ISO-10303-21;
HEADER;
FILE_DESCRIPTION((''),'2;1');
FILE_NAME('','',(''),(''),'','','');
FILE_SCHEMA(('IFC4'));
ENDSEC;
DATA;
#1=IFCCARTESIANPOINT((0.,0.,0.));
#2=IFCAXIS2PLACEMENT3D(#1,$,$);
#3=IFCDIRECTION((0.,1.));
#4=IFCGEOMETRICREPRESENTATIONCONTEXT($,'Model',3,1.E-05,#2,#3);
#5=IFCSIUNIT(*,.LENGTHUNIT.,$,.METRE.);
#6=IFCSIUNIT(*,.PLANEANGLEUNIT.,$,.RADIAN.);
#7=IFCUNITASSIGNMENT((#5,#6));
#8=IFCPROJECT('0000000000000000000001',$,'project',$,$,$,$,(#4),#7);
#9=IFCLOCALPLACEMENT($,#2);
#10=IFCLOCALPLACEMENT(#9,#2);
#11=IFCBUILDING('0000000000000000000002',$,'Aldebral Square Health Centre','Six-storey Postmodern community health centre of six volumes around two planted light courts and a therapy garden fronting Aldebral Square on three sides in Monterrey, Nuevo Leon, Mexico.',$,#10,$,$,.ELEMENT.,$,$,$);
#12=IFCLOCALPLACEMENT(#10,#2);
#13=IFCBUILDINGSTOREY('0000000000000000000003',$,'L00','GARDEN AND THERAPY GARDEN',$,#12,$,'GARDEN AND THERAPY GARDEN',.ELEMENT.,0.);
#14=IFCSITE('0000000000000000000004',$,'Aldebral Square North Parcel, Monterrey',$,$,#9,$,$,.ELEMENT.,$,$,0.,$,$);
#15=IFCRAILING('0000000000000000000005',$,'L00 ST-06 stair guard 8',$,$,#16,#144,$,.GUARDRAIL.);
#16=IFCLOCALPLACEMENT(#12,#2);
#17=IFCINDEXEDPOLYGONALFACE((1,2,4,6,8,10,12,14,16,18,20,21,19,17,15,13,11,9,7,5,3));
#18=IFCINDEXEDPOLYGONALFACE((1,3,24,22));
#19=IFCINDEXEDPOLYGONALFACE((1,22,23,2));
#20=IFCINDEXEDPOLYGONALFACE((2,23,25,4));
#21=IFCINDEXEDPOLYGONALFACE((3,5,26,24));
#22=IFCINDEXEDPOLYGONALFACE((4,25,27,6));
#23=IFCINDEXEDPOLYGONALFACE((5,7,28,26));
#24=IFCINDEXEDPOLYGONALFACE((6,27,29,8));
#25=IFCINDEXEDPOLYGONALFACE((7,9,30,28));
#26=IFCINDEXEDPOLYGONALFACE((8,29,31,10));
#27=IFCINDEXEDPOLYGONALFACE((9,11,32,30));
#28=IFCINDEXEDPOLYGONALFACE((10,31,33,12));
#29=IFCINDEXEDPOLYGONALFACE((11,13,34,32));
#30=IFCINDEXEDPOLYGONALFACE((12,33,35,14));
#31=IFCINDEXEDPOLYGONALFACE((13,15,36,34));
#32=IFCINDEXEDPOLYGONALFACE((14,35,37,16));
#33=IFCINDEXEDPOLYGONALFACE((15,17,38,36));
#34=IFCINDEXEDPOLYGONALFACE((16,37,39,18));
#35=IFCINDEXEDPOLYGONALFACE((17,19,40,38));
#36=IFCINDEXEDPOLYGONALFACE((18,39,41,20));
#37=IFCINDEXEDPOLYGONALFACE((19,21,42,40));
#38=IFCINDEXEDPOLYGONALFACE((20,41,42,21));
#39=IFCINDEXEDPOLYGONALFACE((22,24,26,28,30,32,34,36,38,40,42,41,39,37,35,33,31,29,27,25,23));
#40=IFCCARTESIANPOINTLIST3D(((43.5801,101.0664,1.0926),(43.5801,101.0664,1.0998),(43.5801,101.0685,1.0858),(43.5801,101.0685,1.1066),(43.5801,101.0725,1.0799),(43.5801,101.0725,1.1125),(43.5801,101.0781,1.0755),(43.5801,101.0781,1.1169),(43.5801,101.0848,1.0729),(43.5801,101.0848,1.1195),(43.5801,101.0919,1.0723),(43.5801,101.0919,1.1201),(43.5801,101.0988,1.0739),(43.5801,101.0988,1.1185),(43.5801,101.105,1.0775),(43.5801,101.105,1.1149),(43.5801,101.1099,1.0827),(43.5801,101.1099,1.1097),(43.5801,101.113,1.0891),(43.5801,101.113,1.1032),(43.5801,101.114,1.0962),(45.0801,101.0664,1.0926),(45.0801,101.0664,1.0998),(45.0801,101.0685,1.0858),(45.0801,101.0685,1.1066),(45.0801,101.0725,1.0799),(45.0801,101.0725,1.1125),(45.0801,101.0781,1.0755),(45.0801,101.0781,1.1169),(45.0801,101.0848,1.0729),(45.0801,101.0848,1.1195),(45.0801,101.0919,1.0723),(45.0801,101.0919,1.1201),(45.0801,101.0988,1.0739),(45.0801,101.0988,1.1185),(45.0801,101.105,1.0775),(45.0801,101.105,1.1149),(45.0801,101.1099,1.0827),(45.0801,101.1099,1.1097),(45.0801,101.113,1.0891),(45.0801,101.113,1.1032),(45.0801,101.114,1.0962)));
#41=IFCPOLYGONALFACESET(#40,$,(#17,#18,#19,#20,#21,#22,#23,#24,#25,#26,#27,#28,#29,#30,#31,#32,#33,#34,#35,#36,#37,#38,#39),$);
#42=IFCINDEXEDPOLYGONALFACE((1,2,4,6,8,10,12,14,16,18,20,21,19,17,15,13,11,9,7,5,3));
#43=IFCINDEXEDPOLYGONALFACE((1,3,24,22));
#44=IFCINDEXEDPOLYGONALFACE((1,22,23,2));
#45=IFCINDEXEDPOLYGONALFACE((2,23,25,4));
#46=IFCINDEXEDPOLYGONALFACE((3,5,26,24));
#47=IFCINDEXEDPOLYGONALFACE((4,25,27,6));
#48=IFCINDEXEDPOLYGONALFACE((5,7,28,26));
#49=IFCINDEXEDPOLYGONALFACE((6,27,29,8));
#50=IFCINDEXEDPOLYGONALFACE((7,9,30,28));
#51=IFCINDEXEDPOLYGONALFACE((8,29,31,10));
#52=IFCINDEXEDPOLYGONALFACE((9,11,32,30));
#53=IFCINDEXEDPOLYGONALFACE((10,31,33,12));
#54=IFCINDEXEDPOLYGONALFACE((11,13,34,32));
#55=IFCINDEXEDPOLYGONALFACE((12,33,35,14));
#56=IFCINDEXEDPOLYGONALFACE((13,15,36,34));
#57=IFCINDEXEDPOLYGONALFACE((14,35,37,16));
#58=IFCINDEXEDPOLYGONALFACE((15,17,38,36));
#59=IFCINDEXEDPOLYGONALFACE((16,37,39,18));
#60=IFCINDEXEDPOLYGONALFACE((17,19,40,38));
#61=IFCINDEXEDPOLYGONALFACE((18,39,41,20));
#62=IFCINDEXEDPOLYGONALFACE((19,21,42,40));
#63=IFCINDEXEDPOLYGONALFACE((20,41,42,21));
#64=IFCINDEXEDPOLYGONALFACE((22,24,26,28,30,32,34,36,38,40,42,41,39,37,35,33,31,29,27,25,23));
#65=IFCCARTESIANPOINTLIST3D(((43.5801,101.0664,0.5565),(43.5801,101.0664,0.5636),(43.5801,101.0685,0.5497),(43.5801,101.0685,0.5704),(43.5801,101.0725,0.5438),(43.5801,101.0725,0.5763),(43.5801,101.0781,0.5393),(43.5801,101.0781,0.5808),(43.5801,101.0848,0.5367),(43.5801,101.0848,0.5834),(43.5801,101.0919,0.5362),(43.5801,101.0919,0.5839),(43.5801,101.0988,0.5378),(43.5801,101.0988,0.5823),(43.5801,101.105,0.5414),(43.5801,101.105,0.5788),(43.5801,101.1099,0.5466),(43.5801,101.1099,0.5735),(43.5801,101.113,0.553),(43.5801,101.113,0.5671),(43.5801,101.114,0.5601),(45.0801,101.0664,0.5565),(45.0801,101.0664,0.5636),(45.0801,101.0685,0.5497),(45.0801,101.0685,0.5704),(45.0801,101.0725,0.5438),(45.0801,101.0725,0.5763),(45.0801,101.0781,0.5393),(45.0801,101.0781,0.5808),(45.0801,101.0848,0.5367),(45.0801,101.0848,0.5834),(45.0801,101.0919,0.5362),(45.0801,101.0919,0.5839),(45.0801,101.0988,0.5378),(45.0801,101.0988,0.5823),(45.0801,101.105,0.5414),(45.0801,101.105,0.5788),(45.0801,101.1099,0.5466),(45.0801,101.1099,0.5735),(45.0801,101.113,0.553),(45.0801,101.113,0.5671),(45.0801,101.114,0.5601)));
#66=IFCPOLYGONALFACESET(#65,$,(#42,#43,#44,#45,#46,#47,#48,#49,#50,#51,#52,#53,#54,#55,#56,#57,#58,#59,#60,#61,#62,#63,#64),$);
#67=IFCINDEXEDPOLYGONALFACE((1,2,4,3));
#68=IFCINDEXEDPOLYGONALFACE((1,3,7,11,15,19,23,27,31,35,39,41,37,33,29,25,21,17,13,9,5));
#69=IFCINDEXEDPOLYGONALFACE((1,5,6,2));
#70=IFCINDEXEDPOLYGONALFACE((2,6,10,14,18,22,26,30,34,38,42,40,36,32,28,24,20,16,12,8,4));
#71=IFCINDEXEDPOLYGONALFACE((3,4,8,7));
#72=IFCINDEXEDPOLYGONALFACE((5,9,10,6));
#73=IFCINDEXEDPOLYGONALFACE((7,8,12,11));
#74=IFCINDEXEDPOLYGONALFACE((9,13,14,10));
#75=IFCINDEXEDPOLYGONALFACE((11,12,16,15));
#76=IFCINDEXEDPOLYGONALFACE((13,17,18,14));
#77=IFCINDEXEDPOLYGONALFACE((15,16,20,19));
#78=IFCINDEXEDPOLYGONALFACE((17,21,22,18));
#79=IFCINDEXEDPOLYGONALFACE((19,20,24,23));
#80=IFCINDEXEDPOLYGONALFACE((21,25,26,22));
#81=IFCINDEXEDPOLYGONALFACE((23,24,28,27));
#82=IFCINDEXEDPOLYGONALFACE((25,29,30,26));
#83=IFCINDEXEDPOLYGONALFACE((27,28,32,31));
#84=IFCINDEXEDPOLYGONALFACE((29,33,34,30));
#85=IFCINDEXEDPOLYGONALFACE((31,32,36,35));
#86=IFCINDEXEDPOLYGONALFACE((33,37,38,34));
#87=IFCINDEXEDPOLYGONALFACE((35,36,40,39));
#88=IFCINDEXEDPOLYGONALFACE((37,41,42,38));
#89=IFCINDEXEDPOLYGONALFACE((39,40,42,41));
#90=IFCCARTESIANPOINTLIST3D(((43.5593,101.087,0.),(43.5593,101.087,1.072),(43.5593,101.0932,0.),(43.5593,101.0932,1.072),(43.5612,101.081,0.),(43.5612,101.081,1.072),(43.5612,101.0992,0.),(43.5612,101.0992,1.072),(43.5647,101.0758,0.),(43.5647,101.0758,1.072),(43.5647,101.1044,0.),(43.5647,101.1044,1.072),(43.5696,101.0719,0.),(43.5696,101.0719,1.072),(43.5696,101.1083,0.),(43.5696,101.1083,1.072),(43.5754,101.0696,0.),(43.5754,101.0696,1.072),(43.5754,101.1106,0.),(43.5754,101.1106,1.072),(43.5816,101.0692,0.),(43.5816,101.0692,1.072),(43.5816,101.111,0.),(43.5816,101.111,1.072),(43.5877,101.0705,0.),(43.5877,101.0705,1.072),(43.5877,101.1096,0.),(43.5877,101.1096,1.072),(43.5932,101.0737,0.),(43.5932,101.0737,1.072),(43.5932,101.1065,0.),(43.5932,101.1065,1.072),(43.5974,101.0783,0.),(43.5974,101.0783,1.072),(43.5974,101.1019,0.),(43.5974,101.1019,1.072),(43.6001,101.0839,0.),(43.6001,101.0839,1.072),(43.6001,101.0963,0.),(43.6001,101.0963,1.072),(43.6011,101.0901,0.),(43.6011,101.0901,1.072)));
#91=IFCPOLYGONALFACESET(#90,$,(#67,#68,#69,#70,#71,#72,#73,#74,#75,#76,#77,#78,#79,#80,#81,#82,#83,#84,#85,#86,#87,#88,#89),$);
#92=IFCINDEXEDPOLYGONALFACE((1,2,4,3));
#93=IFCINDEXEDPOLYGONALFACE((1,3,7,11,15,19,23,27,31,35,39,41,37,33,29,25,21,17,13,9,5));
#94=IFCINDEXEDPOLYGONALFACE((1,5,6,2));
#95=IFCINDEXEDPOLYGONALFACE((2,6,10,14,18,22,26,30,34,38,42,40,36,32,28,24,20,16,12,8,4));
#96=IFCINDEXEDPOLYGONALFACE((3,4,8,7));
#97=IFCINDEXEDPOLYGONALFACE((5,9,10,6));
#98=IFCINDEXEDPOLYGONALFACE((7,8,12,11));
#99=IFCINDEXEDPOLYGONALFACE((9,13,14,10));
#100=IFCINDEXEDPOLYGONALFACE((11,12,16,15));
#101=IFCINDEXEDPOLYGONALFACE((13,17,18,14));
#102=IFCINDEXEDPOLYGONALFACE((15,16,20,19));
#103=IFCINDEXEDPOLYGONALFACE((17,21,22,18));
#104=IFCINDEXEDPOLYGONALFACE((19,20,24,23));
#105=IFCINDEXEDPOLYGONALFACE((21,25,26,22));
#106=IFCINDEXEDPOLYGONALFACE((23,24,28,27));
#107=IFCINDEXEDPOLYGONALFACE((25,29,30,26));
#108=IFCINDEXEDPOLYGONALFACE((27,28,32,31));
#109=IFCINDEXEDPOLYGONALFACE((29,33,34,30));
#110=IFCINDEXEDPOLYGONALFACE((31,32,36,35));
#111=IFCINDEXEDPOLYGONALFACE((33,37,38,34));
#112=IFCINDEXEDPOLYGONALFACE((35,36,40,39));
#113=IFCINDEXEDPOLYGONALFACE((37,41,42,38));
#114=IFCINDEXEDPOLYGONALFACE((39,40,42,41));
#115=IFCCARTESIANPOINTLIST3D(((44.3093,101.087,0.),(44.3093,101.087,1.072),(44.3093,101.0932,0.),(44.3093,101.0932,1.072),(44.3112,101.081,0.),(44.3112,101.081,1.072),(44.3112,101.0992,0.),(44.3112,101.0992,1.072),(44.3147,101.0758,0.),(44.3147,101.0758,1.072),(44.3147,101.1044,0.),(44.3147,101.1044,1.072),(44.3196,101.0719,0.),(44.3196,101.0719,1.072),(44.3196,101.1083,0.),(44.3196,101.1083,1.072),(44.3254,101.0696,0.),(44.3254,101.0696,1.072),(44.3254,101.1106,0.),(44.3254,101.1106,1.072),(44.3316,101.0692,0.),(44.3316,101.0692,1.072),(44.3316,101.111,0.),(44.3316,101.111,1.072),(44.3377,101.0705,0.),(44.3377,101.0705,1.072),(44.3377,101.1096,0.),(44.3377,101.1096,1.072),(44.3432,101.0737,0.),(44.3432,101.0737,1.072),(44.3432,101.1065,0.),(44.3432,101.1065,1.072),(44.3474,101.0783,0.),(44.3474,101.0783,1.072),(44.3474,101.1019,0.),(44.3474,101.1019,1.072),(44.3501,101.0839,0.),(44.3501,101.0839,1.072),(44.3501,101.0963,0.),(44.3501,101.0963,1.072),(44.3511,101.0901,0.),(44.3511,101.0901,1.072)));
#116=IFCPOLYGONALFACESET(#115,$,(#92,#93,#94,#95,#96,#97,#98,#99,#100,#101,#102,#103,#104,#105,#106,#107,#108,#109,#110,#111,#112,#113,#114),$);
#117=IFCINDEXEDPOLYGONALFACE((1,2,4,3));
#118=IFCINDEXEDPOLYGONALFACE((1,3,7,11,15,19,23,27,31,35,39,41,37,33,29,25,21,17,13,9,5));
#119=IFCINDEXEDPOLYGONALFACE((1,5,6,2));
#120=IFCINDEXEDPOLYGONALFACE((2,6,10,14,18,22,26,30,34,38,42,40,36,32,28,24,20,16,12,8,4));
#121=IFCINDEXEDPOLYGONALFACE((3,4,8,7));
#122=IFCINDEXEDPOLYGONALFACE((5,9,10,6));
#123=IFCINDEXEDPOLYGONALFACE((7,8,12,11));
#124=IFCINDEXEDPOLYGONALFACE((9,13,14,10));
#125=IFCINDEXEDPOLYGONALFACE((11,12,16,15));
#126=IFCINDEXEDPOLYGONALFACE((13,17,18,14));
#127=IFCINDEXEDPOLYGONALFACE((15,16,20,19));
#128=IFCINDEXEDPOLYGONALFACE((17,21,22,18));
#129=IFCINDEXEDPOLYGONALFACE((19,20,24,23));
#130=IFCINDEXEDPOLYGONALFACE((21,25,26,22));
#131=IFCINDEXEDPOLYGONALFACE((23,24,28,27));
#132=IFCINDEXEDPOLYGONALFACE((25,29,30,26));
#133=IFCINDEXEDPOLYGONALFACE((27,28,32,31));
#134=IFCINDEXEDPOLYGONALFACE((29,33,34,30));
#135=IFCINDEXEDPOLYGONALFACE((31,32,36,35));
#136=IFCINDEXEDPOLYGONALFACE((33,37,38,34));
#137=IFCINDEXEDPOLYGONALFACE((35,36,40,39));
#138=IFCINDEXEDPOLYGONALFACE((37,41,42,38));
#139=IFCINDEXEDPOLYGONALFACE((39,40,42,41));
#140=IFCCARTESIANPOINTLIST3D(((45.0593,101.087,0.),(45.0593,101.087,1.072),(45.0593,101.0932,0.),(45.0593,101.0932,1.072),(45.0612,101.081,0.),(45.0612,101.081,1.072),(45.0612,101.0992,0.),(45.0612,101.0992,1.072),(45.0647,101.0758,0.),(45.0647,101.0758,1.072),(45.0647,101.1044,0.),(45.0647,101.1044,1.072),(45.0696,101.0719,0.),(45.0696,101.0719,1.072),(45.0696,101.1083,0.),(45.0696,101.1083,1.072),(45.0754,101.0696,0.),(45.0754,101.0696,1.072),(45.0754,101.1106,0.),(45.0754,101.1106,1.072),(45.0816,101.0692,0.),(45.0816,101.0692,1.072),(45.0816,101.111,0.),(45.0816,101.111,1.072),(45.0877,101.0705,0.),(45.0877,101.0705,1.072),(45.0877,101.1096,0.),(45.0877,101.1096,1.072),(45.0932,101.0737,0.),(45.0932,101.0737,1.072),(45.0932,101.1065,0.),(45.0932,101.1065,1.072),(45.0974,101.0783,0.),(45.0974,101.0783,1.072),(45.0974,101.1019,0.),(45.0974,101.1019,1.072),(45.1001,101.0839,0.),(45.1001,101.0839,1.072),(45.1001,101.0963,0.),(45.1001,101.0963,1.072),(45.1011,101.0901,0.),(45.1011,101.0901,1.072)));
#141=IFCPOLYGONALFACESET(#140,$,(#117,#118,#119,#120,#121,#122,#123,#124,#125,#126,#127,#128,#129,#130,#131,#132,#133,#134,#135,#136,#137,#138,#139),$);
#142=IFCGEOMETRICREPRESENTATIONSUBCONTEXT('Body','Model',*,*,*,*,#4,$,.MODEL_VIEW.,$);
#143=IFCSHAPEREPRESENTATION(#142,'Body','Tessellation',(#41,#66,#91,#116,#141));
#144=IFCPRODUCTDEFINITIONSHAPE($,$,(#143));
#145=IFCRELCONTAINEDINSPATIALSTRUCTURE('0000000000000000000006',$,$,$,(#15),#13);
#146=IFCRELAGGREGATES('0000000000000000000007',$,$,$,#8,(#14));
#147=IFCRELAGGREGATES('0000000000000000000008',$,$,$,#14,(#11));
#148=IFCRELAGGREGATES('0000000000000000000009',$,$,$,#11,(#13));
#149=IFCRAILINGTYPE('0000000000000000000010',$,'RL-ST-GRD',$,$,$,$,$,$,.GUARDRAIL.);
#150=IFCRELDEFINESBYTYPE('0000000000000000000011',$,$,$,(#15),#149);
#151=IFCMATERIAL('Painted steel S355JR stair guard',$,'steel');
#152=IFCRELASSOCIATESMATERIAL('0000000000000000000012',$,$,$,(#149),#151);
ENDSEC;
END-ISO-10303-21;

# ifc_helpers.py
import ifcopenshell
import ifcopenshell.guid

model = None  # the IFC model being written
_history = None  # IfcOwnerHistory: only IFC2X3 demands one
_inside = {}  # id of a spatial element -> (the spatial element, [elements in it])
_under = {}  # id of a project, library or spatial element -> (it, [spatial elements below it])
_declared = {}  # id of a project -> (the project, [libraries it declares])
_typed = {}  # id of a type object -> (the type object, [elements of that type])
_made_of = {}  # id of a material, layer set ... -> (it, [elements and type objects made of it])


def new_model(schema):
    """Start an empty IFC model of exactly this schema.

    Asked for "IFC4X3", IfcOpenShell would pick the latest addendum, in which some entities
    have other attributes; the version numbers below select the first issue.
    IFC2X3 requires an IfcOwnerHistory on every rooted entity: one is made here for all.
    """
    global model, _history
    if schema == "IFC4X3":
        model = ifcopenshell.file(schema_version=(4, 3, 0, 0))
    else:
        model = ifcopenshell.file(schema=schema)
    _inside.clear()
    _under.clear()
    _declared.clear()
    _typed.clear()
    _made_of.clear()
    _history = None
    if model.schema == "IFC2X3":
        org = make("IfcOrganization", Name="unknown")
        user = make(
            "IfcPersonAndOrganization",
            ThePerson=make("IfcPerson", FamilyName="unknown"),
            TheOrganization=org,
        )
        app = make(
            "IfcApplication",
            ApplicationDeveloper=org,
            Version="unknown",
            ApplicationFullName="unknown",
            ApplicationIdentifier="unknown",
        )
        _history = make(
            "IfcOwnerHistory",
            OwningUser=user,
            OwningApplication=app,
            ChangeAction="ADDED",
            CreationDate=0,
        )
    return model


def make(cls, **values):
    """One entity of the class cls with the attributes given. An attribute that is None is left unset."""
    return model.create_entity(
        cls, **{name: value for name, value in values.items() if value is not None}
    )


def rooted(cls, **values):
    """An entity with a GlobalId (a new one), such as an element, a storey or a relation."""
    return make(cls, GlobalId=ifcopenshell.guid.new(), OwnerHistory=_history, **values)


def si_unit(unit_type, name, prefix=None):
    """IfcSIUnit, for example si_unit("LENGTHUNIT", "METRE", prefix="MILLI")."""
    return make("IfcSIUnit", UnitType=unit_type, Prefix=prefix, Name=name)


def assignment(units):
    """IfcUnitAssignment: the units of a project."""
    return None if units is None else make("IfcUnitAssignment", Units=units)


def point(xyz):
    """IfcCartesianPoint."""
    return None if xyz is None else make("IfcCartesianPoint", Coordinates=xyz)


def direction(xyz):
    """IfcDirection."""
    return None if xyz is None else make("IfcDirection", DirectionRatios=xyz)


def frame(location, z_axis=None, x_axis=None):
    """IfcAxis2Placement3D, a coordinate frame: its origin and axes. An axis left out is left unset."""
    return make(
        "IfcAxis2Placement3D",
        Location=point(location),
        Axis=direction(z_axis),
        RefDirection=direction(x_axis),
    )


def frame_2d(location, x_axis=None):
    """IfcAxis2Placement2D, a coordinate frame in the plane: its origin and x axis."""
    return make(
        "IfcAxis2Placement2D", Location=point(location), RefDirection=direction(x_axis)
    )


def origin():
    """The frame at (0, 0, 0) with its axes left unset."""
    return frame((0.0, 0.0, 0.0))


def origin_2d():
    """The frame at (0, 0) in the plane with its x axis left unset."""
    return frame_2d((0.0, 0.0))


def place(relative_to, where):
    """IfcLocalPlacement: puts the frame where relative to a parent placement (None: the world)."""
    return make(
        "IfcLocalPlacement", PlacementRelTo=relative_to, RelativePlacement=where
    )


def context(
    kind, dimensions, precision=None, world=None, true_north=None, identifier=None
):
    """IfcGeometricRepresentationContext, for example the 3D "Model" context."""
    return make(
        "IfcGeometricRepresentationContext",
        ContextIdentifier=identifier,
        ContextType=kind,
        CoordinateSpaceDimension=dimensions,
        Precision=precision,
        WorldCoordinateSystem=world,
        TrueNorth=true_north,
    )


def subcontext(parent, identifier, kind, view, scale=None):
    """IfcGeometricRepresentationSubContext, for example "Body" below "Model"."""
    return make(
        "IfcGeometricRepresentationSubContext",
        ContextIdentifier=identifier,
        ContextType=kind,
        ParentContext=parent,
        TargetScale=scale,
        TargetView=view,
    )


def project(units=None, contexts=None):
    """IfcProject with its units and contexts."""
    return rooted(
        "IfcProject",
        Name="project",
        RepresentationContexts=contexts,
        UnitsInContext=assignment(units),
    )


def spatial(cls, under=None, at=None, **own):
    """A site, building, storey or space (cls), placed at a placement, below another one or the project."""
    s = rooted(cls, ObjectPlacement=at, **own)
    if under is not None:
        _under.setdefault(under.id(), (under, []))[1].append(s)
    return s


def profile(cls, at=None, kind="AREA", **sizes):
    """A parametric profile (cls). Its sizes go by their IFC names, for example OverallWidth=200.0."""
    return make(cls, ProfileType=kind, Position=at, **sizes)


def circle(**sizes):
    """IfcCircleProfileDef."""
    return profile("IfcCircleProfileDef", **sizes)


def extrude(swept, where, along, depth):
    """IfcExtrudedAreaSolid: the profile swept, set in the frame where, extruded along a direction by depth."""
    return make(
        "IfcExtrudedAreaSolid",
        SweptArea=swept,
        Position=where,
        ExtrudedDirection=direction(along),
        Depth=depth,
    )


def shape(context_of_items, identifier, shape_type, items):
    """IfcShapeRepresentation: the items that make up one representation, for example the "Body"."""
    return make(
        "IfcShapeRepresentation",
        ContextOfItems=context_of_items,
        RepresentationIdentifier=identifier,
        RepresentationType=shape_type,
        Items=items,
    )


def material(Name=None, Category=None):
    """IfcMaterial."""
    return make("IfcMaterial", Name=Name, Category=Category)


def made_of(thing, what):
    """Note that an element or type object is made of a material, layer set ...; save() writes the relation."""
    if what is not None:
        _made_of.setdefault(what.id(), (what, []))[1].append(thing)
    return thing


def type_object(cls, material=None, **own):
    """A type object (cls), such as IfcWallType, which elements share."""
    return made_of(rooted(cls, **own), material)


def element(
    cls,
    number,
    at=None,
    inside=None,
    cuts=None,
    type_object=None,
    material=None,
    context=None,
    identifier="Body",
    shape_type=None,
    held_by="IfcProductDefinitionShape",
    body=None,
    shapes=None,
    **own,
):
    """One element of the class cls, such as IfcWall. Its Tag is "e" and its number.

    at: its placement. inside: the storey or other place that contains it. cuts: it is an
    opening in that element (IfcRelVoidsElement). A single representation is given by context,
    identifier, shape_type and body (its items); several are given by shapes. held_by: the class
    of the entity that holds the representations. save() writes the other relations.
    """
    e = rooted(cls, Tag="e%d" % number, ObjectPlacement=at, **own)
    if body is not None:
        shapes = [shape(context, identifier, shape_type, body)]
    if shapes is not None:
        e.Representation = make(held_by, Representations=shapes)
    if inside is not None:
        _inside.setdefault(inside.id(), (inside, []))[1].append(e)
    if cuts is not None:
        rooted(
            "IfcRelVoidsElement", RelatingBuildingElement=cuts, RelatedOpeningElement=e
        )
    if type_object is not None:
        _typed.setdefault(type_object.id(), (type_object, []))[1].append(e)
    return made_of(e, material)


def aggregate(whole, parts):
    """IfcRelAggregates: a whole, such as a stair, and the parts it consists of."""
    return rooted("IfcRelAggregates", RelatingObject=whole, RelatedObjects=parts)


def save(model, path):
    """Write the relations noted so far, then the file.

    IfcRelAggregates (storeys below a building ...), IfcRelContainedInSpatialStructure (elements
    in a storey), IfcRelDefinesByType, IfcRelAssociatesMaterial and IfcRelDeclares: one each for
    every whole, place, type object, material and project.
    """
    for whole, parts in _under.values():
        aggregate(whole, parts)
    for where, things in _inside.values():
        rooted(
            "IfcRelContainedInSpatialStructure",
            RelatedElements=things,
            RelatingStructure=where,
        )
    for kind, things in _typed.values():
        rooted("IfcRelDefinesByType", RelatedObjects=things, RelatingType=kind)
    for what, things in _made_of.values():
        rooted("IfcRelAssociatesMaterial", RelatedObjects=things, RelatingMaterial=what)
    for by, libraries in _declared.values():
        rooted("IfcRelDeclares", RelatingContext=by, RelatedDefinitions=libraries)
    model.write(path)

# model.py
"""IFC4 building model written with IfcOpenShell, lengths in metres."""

from ifc_helpers import new_model, si_unit, direction, frame, origin, origin_2d, place, context, subcontext, project, spatial, circle, extrude, material, type_object, element, save


model = new_model("IFC4")

# Units and contexts
model_context = context("Model", 3, precision=1e-05, world=origin(), true_north=direction((0.0, 1.0)))
body_context = subcontext(model_context, "Body", "Model", "MODEL_VIEW")
ifc_project = project(units=[si_unit("LENGTHUNIT", "METRE"), si_unit("PLANEANGLEUNIT", "RADIAN")], contexts=[model_context])

# Site, building, storey
site_placement = place(None, origin())
site = spatial("IfcSite", under=ifc_project, at=site_placement, Name="Aldebral Square North Parcel, Monterrey", CompositionType="ELEMENT", RefElevation=0.0)
building_placement = place(site_placement, origin())
building = spatial("IfcBuilding", under=site, at=building_placement, Name="Aldebral Square Health Centre", Description="Six-storey Postmodern community health centre of six volumes around two planted light courts and a therapy garden fronting Aldebral Square on three sides in Monterrey, Nuevo Leon, Mexico.", CompositionType="ELEMENT")
storey_placement = place(building_placement, origin())
storey = spatial("IfcBuildingStorey", under=building, at=storey_placement, Name="L00", Description="GARDEN AND THERAPY GARDEN", LongName="GARDEN AND THERAPY GARDEN", CompositionType="ELEMENT", Elevation=0.0)

# Railing
ifc_material_1 = material(Name="Painted steel S355JR stair guard", Category="steel")
railing_type_1 = type_object("IfcRailingType", Name="RL-ST-GRD", PredefinedType="GUARDRAIL", material=ifc_material_1)
for number, where, name in (
    (1, (43.5801, 101.0901, 0.0), "L00 ST-06 stair guard 8"),
):
    element("IfcRailing", number, at=place(storey_placement, frame(where)), inside=storey, type_object=railing_type_1, Name=name, PredefinedType="GUARDRAIL", context=body_context, shape_type="SweptSolid", body=[
        extrude(circle(Radius=0.0239, at=origin_2d()), frame((0.0, 0.0, 1.0962), z_axis=(1.0, 0.0, 0.0), x_axis=(0.0, 1.0, 0.0)), (0.0, 0.0, 1.0), 1.5),
        extrude(circle(Radius=0.0239, at=origin_2d()), frame((0.0, 0.0, 0.5601), z_axis=(1.0, 0.0, 0.0), x_axis=(0.0, 1.0, 0.0)), (0.0, 0.0, 1.0), 1.5),
        extrude(circle(Radius=0.021, at=origin_2d()), origin(), (0.0, 0.0, 1.0), 1.072),
        extrude(circle(Radius=0.021, at=origin_2d()), frame((0.75, 0.0, 0.0)), (0.0, 0.0, 1.0), 1.072),
        extrude(circle(Radius=0.021, at=origin_2d()), frame((1.5, 0.0, 0.0)), (0.0, 0.0, 1.0), 1.072),
    ])

save(model, "model.ifc")
